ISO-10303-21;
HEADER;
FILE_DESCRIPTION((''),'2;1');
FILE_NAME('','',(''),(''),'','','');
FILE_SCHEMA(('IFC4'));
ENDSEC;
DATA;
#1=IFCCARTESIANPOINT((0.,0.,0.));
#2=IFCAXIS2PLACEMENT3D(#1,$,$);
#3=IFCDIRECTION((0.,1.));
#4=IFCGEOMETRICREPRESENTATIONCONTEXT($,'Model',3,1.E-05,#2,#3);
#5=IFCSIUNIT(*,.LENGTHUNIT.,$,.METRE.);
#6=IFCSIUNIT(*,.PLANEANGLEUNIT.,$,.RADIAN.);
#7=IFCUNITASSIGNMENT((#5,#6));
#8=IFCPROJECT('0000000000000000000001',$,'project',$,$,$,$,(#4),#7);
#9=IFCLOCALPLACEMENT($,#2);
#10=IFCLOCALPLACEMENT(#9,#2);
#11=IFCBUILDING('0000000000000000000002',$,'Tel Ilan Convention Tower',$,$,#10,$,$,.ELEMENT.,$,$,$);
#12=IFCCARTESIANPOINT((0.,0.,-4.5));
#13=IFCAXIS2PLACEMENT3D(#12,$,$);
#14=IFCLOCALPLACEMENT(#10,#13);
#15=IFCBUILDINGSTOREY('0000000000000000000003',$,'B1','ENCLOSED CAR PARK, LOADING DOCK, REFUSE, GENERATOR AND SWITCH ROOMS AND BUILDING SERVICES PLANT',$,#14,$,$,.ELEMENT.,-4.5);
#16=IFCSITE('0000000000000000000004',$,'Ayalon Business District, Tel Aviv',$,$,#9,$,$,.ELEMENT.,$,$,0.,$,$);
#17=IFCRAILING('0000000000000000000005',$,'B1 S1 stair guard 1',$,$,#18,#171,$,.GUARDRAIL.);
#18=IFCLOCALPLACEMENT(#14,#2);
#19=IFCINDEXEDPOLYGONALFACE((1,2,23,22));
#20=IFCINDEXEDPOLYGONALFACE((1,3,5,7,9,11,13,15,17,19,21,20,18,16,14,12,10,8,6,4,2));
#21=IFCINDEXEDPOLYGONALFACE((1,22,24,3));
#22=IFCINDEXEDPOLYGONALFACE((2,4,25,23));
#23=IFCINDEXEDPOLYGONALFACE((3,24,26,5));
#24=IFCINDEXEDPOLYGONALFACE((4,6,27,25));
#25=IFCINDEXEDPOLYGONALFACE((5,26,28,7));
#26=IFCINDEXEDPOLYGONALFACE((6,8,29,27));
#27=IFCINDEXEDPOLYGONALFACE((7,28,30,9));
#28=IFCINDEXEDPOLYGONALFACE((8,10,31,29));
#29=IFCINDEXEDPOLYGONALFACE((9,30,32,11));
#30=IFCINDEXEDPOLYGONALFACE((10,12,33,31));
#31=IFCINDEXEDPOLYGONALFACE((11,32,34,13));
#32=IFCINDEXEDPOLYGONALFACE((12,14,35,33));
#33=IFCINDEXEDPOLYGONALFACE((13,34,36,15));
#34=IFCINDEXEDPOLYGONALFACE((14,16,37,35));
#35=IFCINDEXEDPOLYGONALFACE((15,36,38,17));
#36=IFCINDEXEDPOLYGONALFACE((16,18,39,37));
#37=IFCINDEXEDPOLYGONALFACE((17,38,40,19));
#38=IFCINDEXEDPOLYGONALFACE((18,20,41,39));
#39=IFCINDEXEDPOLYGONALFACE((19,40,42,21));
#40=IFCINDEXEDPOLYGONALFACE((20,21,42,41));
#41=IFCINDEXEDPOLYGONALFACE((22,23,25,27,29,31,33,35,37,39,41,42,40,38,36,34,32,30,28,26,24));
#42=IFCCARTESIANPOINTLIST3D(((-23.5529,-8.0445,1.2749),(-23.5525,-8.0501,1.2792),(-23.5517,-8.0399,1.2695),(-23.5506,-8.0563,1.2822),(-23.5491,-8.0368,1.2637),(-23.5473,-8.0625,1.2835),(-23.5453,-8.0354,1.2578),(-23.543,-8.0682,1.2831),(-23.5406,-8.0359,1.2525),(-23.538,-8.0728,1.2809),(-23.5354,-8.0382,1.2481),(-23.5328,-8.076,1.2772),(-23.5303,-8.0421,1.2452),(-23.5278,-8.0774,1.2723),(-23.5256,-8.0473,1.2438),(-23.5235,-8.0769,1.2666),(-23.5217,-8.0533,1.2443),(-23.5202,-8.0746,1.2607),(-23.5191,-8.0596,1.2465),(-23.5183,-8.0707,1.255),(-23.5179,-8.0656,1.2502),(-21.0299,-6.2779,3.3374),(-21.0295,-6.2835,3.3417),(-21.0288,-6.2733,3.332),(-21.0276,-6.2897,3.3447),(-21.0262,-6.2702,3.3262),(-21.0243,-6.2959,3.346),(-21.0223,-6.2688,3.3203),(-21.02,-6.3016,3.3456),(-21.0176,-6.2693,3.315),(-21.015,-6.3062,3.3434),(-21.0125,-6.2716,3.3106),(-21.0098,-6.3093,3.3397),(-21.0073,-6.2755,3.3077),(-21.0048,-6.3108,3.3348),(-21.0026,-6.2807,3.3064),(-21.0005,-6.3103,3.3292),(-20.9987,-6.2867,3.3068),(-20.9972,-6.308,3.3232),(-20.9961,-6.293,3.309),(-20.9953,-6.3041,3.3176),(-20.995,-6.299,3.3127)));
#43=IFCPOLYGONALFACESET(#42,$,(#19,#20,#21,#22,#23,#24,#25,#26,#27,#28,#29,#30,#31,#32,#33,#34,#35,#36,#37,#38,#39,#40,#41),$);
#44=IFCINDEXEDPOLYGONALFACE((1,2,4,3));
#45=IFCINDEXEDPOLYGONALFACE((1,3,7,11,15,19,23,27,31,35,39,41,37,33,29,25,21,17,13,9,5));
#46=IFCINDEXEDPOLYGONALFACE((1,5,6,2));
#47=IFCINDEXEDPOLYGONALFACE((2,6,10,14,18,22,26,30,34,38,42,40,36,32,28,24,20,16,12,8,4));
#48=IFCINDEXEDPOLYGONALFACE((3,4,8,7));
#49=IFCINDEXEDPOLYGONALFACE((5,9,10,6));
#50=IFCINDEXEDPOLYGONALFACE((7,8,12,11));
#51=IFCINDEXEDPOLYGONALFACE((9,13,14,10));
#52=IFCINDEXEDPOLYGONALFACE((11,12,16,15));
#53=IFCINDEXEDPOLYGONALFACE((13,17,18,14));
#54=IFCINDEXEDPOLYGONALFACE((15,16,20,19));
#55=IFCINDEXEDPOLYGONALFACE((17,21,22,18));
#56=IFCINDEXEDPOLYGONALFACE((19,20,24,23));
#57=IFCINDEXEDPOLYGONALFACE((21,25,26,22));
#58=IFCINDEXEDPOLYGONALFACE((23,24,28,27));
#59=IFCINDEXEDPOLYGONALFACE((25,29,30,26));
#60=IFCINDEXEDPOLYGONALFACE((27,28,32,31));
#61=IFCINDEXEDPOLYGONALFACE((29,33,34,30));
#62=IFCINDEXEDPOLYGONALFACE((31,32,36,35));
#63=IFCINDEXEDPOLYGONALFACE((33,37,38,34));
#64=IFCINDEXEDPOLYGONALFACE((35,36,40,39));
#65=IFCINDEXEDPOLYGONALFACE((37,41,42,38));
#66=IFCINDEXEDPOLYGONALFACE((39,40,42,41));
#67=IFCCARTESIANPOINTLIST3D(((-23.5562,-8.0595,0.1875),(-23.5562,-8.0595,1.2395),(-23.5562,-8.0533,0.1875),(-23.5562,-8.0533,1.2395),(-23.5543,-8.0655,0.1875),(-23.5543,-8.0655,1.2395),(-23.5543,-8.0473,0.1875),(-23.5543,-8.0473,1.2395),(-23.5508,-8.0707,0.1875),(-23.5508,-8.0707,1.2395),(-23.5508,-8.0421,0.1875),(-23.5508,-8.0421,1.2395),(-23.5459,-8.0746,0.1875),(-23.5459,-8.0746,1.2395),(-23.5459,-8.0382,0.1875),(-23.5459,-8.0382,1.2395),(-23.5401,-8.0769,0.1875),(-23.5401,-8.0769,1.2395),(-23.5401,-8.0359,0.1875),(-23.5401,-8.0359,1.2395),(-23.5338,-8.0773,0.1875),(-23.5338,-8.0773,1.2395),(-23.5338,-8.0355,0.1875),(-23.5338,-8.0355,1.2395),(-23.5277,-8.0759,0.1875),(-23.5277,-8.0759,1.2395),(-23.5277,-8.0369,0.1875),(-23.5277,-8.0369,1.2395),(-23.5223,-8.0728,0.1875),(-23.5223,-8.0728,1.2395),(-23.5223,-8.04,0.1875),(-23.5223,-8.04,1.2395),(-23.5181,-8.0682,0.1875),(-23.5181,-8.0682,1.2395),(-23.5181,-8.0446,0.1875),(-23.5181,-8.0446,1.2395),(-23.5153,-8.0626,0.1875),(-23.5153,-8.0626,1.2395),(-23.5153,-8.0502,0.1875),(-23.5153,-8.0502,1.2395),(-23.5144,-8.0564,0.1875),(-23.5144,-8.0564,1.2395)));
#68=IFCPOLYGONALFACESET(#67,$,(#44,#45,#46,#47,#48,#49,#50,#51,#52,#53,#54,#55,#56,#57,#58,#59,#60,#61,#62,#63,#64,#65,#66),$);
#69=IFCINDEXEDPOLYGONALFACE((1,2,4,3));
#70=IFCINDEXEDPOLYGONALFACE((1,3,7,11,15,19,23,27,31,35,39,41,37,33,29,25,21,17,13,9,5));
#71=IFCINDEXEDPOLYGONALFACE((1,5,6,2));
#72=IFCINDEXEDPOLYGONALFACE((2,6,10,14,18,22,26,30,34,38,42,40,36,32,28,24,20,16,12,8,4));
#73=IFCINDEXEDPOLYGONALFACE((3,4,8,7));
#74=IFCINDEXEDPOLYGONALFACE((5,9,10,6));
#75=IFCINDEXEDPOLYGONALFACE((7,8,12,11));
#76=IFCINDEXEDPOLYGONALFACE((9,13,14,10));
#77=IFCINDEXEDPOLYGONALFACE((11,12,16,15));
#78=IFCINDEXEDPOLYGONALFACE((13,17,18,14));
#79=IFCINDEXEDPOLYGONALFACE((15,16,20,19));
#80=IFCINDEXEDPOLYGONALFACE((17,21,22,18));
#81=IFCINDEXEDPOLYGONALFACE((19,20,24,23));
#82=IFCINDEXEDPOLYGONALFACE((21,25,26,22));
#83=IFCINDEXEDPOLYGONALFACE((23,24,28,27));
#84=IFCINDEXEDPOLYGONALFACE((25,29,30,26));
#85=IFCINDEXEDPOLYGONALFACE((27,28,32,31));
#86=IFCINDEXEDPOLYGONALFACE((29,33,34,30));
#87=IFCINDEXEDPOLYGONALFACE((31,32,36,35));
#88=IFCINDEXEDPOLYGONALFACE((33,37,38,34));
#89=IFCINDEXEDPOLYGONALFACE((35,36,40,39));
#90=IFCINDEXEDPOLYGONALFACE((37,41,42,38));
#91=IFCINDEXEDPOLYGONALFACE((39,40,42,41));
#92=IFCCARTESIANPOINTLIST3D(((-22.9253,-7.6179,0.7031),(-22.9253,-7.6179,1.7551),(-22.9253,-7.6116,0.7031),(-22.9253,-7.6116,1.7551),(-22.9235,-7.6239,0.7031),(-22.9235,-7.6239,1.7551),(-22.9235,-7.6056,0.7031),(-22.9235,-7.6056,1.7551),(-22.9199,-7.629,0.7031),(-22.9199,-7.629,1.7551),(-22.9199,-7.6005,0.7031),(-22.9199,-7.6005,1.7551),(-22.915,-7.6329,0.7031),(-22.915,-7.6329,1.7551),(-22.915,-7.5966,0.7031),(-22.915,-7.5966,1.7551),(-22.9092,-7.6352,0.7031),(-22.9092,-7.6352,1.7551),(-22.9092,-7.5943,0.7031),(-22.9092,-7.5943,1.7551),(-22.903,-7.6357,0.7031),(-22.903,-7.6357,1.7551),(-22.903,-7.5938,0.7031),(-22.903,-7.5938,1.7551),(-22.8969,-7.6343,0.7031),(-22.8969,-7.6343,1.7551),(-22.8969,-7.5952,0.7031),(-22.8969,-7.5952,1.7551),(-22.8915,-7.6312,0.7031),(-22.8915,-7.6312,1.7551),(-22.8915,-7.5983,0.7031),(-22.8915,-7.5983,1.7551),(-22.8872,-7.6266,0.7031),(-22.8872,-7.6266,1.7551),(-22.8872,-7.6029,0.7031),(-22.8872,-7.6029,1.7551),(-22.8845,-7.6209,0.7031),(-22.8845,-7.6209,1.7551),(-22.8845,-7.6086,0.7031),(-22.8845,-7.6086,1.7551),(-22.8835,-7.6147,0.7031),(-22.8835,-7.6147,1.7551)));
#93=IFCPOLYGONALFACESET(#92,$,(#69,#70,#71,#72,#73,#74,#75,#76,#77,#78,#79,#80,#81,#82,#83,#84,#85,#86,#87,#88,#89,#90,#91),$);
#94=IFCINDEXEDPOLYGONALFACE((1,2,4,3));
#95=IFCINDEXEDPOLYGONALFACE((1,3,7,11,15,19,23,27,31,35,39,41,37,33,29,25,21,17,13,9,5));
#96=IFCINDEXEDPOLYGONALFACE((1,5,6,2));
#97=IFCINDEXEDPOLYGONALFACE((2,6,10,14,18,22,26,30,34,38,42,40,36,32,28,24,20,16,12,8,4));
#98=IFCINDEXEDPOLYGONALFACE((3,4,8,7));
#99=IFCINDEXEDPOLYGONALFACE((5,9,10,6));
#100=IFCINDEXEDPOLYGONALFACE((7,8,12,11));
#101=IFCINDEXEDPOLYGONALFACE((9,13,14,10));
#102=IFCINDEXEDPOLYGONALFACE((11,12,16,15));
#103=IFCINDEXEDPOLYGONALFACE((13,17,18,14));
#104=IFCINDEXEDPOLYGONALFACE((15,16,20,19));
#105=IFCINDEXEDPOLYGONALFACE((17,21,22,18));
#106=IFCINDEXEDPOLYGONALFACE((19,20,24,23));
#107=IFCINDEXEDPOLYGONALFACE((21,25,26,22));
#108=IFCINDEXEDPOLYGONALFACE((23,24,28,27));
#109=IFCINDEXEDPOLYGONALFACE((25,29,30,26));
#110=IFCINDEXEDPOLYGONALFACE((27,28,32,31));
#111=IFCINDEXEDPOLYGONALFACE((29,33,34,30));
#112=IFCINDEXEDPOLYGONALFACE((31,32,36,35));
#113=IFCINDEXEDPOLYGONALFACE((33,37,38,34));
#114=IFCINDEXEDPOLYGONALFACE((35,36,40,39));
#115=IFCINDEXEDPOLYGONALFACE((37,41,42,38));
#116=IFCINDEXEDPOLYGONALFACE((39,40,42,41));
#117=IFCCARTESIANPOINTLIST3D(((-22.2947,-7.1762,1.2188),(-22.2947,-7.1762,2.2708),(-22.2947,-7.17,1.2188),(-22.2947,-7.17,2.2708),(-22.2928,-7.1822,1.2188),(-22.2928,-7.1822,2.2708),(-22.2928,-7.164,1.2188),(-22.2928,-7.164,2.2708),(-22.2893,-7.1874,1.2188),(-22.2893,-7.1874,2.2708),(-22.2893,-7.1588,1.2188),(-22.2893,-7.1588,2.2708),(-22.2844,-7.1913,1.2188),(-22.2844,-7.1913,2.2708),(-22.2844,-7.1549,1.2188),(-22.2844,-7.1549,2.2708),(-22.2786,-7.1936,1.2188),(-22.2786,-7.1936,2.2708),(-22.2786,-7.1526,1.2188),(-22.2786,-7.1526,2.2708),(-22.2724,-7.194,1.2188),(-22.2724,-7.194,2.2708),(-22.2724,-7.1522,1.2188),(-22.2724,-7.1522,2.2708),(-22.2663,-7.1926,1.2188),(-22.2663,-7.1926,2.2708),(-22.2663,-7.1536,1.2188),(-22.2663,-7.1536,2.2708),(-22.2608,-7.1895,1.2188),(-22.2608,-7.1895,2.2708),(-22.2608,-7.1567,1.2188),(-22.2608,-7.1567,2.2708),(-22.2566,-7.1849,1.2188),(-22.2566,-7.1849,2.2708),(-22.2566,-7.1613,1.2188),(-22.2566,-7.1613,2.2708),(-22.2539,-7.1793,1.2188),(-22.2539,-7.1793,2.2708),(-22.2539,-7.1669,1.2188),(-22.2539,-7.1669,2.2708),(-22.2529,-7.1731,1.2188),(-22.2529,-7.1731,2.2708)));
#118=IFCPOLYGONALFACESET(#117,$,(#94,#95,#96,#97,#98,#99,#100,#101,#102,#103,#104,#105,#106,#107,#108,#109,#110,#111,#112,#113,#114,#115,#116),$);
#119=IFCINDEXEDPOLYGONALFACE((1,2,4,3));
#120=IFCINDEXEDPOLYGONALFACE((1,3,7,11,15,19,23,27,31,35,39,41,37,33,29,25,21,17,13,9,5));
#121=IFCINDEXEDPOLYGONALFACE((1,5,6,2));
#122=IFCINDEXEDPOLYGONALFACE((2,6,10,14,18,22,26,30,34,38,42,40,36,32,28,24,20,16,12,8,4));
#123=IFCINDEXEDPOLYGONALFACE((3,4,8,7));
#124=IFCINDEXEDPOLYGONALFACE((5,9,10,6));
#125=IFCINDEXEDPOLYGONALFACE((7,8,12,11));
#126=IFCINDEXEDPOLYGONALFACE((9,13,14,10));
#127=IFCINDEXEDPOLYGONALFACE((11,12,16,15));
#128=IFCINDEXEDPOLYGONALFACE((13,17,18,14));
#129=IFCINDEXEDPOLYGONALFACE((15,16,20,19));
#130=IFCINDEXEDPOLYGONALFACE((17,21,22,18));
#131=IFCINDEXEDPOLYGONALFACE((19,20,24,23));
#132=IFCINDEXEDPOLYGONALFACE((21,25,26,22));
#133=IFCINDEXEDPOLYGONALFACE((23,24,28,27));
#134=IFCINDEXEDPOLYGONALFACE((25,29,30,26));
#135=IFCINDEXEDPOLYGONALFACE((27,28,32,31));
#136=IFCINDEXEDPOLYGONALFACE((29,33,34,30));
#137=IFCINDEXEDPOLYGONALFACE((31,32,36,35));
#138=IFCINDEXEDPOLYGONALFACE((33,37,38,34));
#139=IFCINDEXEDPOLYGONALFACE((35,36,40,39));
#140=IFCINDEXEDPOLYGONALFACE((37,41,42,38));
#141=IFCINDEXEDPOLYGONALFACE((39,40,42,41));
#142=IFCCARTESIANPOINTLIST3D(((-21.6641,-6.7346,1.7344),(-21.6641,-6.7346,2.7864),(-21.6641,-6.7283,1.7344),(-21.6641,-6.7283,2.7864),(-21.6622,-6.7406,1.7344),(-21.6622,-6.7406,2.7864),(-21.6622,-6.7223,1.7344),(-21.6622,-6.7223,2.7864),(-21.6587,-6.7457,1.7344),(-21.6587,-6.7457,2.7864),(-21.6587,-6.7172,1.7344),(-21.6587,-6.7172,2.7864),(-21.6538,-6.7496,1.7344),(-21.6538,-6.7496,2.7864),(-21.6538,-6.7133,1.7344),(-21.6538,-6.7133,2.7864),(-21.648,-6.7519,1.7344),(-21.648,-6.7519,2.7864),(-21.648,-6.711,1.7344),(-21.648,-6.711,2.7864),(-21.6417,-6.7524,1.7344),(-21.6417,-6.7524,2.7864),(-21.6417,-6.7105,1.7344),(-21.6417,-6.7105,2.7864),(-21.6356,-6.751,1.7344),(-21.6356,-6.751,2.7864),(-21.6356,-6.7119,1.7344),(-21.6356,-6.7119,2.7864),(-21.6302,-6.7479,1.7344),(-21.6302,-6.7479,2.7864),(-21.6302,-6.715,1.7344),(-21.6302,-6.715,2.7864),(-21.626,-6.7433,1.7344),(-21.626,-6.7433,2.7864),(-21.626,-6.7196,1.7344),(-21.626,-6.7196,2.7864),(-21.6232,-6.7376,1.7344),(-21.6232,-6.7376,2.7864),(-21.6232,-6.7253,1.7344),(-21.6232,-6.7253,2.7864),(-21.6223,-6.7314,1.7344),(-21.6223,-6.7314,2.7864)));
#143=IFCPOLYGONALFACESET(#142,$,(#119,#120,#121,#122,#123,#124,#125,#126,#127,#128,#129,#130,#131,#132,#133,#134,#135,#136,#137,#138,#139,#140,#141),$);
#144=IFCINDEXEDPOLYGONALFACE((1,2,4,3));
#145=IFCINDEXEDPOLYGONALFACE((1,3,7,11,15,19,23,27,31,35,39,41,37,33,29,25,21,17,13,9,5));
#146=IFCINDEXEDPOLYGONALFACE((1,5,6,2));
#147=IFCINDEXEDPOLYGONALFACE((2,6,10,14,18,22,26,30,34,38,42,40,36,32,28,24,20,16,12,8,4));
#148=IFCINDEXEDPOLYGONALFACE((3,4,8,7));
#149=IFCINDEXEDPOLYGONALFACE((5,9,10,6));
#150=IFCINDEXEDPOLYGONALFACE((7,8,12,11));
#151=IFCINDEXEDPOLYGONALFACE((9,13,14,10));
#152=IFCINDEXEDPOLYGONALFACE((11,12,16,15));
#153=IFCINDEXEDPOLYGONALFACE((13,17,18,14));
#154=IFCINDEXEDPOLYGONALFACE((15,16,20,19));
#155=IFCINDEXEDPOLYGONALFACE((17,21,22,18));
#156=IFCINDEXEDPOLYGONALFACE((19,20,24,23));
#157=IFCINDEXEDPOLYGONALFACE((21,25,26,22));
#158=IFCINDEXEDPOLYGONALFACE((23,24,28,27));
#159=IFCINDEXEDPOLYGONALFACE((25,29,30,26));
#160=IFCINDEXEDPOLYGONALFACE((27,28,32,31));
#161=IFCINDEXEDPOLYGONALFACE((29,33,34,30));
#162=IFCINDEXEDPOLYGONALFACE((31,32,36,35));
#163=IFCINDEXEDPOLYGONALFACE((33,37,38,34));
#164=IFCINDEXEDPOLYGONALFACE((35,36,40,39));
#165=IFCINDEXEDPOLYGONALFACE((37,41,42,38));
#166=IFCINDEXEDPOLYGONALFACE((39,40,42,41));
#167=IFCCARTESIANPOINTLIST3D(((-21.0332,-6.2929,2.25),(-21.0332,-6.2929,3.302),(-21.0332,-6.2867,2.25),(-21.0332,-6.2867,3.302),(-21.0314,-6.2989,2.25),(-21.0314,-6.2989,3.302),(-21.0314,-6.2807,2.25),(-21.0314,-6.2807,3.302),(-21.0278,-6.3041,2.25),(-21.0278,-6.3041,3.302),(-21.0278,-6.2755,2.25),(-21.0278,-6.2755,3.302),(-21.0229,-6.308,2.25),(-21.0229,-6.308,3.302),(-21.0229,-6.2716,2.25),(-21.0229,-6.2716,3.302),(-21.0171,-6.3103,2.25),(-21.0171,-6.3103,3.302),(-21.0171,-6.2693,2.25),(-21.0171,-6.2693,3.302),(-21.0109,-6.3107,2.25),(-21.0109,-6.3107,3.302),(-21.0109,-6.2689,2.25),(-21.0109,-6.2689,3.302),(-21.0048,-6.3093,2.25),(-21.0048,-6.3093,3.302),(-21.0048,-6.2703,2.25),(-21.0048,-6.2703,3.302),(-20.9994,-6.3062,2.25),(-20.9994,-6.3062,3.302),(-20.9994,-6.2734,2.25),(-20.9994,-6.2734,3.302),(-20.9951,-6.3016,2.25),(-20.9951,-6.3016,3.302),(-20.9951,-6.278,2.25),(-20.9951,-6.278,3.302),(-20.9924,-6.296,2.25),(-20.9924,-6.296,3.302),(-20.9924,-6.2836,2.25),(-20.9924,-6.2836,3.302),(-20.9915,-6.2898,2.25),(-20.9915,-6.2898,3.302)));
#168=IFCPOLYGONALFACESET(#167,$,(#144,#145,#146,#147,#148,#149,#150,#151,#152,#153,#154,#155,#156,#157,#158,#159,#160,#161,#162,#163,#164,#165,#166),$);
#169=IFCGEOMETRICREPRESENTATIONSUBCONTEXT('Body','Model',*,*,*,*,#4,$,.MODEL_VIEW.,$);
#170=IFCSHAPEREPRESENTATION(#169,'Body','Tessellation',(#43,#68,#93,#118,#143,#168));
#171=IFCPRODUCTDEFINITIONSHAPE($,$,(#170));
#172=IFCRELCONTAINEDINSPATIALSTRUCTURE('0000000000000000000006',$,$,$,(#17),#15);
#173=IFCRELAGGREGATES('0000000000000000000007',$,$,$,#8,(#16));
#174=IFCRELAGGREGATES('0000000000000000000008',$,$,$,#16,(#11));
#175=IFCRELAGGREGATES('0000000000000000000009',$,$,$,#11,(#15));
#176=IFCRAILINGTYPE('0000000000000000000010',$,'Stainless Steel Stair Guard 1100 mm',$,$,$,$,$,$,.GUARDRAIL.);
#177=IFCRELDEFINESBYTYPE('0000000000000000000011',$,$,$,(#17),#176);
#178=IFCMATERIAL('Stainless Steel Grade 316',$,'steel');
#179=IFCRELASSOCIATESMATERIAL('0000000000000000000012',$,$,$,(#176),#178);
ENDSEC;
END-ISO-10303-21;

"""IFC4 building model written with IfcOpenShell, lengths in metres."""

from ifc_helpers import new_model, si_unit, direction, frame, origin, origin_2d, place, context, subcontext, project, spatial, circle, extrude, material, type_object, element, save


model = new_model("IFC4")

# Units and contexts
model_context = context("Model", 3, precision=1e-05, world=origin(), true_north=direction((0.0, 1.0)))
body_context = subcontext(model_context, "Body", "Model", "MODEL_VIEW")
ifc_project = project(units=[si_unit("LENGTHUNIT", "METRE"), si_unit("PLANEANGLEUNIT", "RADIAN")], contexts=[model_context])

# Site, building, storey
site_placement = place(None, origin())
site = spatial("IfcSite", under=ifc_project, at=site_placement, Name="Ayalon Business District, Tel Aviv", CompositionType="ELEMENT", RefElevation=0.0)
building_placement = place(site_placement, origin())
building = spatial("IfcBuilding", under=site, at=building_placement, Name="Tel Ilan Convention Tower", CompositionType="ELEMENT")
storey_placement = place(building_placement, frame((0.0, 0.0, -4.5)))
storey = spatial("IfcBuildingStorey", under=building, at=storey_placement, Name="B1", Description="ENCLOSED CAR PARK, LOADING DOCK, REFUSE, GENERATOR AND SWITCH ROOMS AND BUILDING SERVICES PLANT", CompositionType="ELEMENT", Elevation=-4.5)

# Railing
ifc_material_1 = material(Name="Stainless Steel Grade 316", Category="steel")
railing_type_1 = type_object("IfcRailingType", Name="Stainless Steel Stair Guard 1100 mm", PredefinedType="GUARDRAIL", material=ifc_material_1)
railing_1_placement = place(storey_placement, frame((-23.5354, -8.0564, 0.1875)))
element("IfcRailing", 1, at=railing_1_placement, inside=storey, type_object=railing_type_1, Name="B1 S1 stair guard 1", PredefinedType="GUARDRAIL", context=body_context, shape_type="SweptSolid", body=[
    extrude(circle(Radius=0.0239, at=origin_2d()), frame((0.0, 0.0, 1.0762), z_axis=(0.680635, 0.476589, 0.556416), x_axis=(-0.573579, 0.81915, 0.0)), (0.0, 0.0, 1.0), 3.7068),
    extrude(circle(Radius=0.021, at=origin_2d()), origin(), (0.0, 0.0, 1.0), 1.052),
    extrude(circle(Radius=0.021, at=origin_2d()), frame((0.6309, 0.4417, 0.5156)), (0.0, 0.0, 1.0), 1.052),
    extrude(circle(Radius=0.021, at=origin_2d()), frame((1.2615, 0.8833, 1.0312)), (0.0, 0.0, 1.0), 1.052),
    extrude(circle(Radius=0.021, at=origin_2d()), frame((1.8921, 1.325, 1.5469)), (0.0, 0.0, 1.0), 1.052),
    extrude(circle(Radius=0.021, at=origin_2d()), frame((2.5229, 1.7666, 2.0625)), (0.0, 0.0, 1.0), 1.052),
])

save(model, "model.ifc")
